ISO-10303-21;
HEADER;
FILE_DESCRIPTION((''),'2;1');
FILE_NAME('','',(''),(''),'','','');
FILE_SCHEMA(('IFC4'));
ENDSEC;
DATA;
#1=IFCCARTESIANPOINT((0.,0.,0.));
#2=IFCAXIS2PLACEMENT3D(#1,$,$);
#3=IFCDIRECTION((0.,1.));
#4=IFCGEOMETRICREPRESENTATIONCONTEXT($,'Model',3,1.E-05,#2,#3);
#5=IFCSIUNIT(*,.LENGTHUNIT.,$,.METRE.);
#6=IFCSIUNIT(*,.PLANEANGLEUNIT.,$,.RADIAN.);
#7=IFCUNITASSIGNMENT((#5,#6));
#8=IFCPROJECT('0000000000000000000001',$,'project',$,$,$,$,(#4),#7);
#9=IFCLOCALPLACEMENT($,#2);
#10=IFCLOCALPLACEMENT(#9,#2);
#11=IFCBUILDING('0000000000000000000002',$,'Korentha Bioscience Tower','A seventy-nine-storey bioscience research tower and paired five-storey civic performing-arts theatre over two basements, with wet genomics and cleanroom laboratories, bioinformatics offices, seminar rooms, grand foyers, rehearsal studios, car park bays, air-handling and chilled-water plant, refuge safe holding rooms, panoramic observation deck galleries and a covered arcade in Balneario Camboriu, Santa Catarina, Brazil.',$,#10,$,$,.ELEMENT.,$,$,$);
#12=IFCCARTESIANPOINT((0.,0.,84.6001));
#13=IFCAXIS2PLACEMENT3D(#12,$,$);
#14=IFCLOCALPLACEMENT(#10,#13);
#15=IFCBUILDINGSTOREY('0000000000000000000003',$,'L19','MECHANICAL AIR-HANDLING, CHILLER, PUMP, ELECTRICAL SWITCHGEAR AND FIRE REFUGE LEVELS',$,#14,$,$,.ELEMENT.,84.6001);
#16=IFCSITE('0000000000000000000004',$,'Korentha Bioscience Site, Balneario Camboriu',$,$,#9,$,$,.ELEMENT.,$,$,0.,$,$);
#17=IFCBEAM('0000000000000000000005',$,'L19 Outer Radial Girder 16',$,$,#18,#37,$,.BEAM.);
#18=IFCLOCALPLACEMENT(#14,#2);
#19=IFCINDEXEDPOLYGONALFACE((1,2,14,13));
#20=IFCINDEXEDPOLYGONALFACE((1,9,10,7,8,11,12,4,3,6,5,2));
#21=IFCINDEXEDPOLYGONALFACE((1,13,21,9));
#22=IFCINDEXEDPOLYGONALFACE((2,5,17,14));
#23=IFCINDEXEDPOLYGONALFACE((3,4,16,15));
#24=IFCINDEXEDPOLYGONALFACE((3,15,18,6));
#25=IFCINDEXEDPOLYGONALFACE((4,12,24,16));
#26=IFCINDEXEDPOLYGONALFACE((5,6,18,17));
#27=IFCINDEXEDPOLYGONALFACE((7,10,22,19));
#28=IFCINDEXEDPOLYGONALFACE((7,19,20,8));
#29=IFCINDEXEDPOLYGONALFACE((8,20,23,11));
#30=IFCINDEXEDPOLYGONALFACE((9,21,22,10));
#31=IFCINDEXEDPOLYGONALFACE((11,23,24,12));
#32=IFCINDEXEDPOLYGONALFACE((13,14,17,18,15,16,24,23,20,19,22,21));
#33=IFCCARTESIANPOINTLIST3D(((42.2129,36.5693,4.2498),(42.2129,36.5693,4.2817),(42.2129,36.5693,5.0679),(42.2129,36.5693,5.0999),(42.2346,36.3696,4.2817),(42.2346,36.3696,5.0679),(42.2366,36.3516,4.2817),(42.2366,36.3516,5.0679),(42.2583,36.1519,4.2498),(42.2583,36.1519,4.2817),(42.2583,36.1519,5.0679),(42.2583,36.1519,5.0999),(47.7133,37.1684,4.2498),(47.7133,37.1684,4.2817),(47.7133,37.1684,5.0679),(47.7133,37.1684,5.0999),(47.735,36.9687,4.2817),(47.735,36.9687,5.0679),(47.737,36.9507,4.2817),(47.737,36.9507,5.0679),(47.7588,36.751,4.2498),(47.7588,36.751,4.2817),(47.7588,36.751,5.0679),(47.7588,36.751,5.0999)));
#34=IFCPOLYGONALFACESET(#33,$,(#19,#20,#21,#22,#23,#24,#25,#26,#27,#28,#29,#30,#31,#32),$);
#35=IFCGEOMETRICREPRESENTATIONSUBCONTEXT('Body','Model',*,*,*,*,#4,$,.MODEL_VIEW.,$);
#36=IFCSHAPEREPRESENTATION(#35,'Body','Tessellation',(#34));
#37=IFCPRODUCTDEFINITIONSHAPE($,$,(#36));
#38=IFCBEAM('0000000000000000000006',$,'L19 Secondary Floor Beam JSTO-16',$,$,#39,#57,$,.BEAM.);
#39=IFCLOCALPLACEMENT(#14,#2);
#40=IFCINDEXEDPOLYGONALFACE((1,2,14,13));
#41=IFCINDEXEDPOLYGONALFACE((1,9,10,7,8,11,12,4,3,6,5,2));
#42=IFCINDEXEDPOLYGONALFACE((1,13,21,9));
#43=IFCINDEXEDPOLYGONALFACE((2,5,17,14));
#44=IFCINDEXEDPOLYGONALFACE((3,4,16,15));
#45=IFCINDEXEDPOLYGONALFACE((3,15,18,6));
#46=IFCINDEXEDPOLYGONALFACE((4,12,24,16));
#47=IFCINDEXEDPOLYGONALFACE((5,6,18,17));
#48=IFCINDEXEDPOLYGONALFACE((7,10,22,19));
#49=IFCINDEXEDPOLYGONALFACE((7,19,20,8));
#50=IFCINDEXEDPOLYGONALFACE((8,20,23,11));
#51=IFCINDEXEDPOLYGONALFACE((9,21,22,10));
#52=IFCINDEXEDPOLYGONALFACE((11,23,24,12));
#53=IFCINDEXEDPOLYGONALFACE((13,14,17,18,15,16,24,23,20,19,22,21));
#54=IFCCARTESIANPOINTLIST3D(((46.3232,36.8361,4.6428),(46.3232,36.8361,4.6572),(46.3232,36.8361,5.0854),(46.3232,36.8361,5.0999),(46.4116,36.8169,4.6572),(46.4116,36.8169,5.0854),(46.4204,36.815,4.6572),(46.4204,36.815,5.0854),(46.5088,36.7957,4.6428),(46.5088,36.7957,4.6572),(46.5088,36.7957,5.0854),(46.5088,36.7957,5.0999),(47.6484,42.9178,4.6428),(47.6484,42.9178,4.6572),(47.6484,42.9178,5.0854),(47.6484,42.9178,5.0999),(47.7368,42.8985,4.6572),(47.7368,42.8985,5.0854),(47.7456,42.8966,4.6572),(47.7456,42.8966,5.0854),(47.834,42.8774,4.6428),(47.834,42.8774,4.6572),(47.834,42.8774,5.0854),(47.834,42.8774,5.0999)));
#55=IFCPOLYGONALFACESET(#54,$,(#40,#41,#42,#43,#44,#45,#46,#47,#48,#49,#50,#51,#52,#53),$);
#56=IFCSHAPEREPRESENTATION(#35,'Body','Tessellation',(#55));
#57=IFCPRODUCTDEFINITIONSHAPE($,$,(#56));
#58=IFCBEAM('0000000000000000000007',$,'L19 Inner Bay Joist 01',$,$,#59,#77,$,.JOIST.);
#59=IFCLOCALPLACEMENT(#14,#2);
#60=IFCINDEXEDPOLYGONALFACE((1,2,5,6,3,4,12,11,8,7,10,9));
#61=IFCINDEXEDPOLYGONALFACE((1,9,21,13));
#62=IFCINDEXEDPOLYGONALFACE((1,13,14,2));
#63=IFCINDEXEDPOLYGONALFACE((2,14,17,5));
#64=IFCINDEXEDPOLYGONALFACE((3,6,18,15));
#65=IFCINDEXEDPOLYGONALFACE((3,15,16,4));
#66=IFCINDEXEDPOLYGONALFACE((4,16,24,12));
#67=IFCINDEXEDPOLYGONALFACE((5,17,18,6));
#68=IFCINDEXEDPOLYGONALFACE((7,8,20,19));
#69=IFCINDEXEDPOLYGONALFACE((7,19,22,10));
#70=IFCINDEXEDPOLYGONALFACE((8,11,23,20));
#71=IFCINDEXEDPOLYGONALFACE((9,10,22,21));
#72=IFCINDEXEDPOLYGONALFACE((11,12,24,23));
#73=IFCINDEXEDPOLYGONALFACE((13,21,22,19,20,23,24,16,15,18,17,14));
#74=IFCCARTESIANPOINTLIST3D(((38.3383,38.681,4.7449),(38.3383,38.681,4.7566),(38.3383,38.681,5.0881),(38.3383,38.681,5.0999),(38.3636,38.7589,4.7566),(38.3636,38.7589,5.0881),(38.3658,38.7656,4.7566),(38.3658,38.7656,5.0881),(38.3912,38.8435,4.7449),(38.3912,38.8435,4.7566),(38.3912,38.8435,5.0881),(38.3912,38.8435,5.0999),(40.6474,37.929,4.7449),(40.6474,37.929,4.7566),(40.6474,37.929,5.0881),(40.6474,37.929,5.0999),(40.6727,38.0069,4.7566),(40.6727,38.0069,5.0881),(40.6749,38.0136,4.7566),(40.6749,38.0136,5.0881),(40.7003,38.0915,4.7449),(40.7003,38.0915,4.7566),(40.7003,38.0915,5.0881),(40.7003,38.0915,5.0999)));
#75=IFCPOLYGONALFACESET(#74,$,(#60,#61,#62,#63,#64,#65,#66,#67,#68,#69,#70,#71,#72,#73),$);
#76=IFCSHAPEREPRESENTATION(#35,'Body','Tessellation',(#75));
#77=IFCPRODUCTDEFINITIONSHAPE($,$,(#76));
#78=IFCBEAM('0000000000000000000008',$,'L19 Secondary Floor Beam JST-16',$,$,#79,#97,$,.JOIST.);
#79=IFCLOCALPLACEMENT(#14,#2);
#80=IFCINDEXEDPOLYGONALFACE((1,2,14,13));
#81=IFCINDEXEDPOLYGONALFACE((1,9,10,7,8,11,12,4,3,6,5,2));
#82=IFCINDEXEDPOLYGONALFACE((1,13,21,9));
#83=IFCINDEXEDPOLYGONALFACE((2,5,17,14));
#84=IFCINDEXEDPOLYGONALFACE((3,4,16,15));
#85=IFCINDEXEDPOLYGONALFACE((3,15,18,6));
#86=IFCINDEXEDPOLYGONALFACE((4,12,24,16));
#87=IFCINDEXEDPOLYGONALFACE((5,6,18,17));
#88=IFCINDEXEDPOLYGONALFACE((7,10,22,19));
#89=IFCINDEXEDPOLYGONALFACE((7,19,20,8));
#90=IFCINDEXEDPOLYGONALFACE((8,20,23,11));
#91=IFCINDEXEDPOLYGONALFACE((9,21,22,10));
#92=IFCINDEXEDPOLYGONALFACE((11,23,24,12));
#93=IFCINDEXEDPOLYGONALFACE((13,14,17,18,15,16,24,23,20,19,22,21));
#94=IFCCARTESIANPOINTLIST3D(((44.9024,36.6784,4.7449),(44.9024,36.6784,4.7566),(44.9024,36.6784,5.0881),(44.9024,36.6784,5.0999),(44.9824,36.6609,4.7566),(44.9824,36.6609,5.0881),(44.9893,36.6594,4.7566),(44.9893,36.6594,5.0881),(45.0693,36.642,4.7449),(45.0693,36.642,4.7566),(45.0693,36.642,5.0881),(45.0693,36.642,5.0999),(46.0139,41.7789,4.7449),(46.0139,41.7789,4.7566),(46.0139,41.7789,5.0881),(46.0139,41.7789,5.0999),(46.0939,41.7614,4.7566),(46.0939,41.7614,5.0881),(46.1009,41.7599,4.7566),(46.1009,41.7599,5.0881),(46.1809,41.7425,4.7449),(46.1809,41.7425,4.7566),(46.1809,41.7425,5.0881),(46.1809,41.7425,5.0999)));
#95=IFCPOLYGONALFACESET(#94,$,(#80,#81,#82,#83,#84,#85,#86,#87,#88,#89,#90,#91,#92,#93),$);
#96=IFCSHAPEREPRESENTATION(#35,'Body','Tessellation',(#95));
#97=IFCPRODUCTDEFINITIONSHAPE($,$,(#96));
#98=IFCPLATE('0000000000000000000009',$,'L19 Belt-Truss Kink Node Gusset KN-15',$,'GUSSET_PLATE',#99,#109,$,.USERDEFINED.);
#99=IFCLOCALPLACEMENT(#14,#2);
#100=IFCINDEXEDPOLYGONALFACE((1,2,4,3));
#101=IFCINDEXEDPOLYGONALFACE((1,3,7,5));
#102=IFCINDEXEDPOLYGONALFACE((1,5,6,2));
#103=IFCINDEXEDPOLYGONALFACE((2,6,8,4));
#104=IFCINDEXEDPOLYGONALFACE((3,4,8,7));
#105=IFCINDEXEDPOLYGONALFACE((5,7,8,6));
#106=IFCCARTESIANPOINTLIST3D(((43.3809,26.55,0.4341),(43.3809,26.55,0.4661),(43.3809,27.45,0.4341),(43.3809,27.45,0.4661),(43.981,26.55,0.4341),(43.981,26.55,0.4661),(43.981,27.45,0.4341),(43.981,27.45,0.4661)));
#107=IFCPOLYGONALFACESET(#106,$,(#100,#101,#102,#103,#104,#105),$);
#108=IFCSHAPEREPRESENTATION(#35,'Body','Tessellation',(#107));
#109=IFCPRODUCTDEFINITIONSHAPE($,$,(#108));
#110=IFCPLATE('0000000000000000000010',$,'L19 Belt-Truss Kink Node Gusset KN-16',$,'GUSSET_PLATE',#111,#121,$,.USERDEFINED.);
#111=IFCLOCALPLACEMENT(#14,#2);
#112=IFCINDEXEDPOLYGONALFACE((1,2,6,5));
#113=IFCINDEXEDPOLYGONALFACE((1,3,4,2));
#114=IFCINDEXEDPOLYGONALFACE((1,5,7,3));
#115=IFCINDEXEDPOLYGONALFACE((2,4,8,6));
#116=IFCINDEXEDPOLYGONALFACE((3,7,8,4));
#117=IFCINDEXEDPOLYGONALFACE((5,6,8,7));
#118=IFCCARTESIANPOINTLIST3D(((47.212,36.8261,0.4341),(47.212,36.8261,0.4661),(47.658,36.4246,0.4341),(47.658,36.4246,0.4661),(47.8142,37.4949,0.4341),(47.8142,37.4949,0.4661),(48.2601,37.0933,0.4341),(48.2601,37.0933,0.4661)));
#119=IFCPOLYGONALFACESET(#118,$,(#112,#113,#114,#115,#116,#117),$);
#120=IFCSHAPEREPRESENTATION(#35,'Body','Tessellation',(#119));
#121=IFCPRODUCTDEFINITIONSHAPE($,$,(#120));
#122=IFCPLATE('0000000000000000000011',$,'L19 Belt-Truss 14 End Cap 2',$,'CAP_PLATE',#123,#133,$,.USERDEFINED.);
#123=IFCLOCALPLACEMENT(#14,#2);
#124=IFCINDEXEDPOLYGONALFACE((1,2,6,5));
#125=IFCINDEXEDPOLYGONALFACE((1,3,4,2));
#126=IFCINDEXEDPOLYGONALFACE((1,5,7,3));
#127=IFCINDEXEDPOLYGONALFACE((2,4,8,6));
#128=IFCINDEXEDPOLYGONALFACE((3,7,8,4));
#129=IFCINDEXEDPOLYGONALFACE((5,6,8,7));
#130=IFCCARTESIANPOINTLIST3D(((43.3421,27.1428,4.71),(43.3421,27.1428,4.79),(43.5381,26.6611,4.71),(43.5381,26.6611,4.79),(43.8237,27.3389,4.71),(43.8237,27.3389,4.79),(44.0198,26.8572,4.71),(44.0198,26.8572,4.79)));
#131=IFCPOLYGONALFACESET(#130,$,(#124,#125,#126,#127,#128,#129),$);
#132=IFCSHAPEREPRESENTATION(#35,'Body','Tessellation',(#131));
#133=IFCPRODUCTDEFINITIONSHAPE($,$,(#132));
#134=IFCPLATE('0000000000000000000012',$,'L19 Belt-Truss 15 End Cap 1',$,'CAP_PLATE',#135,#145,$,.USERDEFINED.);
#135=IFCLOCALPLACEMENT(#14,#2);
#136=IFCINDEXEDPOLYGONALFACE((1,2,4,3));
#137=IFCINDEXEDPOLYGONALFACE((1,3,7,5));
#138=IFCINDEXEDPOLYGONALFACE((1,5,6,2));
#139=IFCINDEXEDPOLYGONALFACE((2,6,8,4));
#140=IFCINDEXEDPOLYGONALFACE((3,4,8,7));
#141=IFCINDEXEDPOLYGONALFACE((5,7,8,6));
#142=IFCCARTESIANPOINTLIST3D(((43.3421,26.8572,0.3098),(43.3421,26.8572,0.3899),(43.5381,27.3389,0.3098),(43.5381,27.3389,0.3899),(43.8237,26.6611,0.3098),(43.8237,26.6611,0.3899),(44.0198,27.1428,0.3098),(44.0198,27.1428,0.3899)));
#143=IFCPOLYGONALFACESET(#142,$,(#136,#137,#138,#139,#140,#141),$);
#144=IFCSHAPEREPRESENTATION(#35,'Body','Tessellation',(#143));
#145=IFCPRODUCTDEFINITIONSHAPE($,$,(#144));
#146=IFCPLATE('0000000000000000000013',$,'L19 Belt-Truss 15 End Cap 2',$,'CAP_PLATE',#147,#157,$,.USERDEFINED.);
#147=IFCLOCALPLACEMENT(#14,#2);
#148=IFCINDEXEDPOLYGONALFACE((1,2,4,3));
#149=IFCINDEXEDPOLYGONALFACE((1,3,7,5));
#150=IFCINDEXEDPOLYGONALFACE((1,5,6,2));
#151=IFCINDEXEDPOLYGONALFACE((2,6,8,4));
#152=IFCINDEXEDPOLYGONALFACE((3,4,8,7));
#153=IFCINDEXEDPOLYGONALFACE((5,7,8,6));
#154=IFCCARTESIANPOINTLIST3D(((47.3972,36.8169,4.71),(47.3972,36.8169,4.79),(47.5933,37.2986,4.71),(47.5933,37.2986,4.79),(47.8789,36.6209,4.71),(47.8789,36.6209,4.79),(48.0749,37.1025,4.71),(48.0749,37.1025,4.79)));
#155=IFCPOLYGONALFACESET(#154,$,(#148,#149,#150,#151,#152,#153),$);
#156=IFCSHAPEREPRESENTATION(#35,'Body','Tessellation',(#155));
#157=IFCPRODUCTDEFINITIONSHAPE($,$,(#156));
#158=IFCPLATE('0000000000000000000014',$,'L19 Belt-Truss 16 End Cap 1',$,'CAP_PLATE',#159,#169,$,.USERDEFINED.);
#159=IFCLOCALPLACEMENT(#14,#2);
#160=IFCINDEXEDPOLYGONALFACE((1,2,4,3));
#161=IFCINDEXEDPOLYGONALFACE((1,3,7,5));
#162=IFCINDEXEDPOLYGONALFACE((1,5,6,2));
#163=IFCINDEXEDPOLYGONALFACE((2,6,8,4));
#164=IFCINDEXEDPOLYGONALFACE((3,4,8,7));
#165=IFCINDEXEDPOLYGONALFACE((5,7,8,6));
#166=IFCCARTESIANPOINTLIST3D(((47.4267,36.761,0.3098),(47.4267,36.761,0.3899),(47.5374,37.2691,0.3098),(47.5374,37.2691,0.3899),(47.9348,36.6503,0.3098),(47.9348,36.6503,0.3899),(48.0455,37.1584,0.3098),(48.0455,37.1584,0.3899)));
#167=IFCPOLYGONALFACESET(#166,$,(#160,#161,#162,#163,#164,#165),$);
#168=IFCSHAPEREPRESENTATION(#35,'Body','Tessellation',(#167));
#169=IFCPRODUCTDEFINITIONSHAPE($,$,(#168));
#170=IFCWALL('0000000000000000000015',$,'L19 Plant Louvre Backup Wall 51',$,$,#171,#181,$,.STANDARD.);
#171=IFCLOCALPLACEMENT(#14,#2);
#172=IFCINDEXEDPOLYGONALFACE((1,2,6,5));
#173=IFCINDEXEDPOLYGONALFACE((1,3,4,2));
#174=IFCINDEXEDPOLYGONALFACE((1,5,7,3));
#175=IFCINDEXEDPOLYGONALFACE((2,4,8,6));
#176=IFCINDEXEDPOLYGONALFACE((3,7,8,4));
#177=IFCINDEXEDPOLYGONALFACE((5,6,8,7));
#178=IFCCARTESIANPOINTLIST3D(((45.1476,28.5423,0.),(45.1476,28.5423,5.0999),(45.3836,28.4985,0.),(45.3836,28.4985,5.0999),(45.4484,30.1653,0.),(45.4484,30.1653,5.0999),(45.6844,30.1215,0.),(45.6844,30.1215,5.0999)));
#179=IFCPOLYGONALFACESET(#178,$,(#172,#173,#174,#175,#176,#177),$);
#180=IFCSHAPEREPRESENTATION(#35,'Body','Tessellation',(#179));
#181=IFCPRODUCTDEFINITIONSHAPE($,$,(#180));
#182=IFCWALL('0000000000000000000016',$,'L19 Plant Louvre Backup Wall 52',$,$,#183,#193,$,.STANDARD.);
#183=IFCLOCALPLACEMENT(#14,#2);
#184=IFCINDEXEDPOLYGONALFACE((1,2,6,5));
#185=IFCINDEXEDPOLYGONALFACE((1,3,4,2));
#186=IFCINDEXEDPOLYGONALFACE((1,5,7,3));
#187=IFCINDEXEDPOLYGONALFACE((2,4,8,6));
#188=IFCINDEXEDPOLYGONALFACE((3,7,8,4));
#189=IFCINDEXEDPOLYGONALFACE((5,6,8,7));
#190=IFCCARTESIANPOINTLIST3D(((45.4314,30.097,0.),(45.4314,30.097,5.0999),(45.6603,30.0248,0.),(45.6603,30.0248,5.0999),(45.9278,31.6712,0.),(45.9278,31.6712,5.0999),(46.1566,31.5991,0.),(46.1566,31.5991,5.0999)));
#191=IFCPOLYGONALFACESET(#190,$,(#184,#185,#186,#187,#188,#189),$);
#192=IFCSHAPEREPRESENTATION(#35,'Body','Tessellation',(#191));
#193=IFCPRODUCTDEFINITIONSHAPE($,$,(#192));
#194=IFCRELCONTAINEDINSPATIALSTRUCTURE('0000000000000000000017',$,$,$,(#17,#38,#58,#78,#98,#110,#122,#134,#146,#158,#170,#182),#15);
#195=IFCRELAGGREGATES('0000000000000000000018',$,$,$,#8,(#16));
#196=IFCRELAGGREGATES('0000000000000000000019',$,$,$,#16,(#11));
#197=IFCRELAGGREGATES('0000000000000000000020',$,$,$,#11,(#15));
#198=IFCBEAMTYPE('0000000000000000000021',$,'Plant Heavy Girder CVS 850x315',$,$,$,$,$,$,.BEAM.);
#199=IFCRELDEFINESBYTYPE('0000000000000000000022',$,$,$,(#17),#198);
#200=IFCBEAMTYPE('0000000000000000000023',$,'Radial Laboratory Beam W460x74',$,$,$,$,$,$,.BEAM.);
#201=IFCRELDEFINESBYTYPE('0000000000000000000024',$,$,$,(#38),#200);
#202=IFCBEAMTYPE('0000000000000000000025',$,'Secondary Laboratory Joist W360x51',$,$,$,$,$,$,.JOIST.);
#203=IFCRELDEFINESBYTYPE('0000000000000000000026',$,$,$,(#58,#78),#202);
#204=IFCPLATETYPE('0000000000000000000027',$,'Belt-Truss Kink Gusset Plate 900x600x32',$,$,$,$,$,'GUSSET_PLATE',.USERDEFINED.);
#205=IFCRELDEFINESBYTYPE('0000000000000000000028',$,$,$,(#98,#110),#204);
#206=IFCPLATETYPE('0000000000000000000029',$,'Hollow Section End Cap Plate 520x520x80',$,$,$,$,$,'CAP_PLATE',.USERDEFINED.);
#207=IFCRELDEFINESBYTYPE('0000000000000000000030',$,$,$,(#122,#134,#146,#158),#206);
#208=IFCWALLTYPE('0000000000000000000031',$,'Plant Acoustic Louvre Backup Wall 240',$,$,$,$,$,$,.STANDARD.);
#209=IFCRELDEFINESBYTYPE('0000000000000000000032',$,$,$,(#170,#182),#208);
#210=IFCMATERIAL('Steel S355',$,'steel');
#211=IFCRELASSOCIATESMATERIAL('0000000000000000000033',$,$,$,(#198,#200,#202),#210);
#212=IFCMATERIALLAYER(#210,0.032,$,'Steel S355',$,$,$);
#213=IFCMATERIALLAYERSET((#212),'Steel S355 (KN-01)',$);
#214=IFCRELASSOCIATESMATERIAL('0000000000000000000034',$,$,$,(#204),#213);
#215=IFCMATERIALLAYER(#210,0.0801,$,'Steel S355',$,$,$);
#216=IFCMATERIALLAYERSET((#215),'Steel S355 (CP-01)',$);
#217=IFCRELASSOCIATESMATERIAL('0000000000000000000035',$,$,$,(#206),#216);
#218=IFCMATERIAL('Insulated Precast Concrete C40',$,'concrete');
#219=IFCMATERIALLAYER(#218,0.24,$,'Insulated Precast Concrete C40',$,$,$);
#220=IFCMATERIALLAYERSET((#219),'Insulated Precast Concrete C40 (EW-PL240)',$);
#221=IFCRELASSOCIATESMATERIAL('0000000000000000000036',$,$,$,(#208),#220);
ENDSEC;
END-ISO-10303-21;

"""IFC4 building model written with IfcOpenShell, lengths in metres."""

from ifc_helpers import new_model, si_unit, direction, frame, frame_2d, origin, origin_2d, place, context, subcontext, project, spatial, rectangle, i_section, extrude, material, layer, layer_set, material_profile, profile_set, type_object, element, save


model = new_model("IFC4")

# Units and contexts
model_context = context("Model", 3, precision=1e-05, world=origin(), true_north=direction((0.0, 1.0)))
body_context = subcontext(model_context, "Body", "Model", "MODEL_VIEW")
ifc_project = project(units=[si_unit("LENGTHUNIT", "METRE"), si_unit("PLANEANGLEUNIT", "RADIAN")], contexts=[model_context])

# Site, building, storey
site_placement = place(None, origin())
site = spatial("IfcSite", under=ifc_project, at=site_placement, Name="Korentha Bioscience Site, Balneario Camboriu", CompositionType="ELEMENT", RefElevation=0.0)
building_placement = place(site_placement, origin())
building = spatial("IfcBuilding", under=site, at=building_placement, Name="Korentha Bioscience Tower", Description="A seventy-nine-storey bioscience research tower and paired five-storey civic performing-arts theatre over two basements, with wet genomics and cleanroom laboratories, bioinformatics offices, seminar rooms, grand foyers, rehearsal studios, car park bays, air-handling and chilled-water plant, refuge safe holding rooms, panoramic observation deck galleries and a covered arcade in Balneario Camboriu, Santa Catarina, Brazil.", CompositionType="ELEMENT")
storey_placement = place(building_placement, frame((0.0, 0.0, 84.6001)))
storey = spatial("IfcBuildingStorey", under=building, at=storey_placement, Name="L19", Description="MECHANICAL AIR-HANDLING, CHILLER, PUMP, ELECTRICAL SWITCHGEAR AND FIRE REFUGE LEVELS", CompositionType="ELEMENT", Elevation=84.6001)

# Shared definitions
ifc_material_1 = material(Name="Steel S355", Category="steel")

# Beams
ifc_material_profile_1 = material_profile(ifc_material_1, i_section(OverallWidth=0.4199, OverallDepth=0.8501, WebThickness=0.0181, FlangeThickness=0.032, at=origin_2d()), Name="Steel S355")
ifc_profile_set_1 = profile_set([ifc_material_profile_1], Name="Steel S355 (MB-850)")
beam_type_1 = type_object("IfcBeamType", Name="Plant Heavy Girder CVS 850x315", PredefinedType="BEAM", material=ifc_profile_set_1)
beam_1_placement = place(storey_placement, frame((42.2356, 36.3606, 4.6748), z_axis=(0.99412, 0.108281, 0.0), x_axis=(-0.108281, 0.99412, 0.0)))
element("IfcBeam", 1, at=beam_1_placement, inside=storey, type_object=beam_type_1, Name="L19 Outer Radial Girder 16", PredefinedType="BEAM", context=body_context, shape_type="SweptSolid", body=[
    extrude(i_section(OverallWidth=0.4199, OverallDepth=0.8501, WebThickness=0.0181, FlangeThickness=0.032, at=origin_2d()), origin(), (0.0, 0.0, 1.0), 5.533),
])
ifc_material_profile_2 = material_profile(ifc_material_1, i_section(OverallWidth=0.1899, OverallDepth=0.457, WebThickness=0.009, FlangeThickness=0.0144, at=origin_2d()), Name="Steel S355")
ifc_profile_set_2 = profile_set([ifc_material_profile_2], Name="Steel S355 (RB-460)")
beam_type_2 = type_object("IfcBeamType", Name="Radial Laboratory Beam W460x74", PredefinedType="BEAM", material=ifc_profile_set_2)
beam_2_placement = place(storey_placement, frame((46.416, 36.8159, 4.8713), z_axis=(0.212908, 0.977072, 0.0), x_axis=(-0.977072, 0.212908, 0.0)))
element("IfcBeam", 2, at=beam_2_placement, inside=storey, type_object=beam_type_2, Name="L19 Secondary Floor Beam JSTO-16", PredefinedType="BEAM", context=body_context, shape_type="SweptSolid", body=[
    extrude(i_section(OverallWidth=0.1899, OverallDepth=0.457, WebThickness=0.009, FlangeThickness=0.0144, at=origin_2d()), origin(), (0.0, 0.0, 1.0), 6.2244),
])
ifc_material_profile_3 = material_profile(ifc_material_1, i_section(OverallWidth=0.1709, OverallDepth=0.355, WebThickness=0.0071, FlangeThickness=0.0117, at=origin_2d()), Name="Steel S355")
ifc_profile_set_3 = profile_set([ifc_material_profile_3], Name="Steel S355 (JB-360)")
beam_type_3 = type_object("IfcBeamType", Name="Secondary Laboratory Joist W360x51", PredefinedType="JOIST", material=ifc_profile_set_3)
beam_3_placement = place(storey_placement, frame((40.6738, 38.0103, 4.9224), z_axis=(-0.950852, 0.309645, 0.0), x_axis=(-0.309645, -0.950852, 0.0)))
element("IfcBeam", 3, at=beam_3_placement, inside=storey, type_object=beam_type_3, Name="L19 Inner Bay Joist 01", PredefinedType="JOIST", context=body_context, shape_type="SweptSolid", body=[
    extrude(i_section(OverallWidth=0.1709, OverallDepth=0.355, WebThickness=0.0071, FlangeThickness=0.0117, at=origin_2d()), origin(), (0.0, 0.0, 1.0), 2.4285),
])
beam_4_placement = place(storey_placement, frame((44.9858, 36.6602, 4.9224), z_axis=(0.212932, 0.977067, 0.0), x_axis=(-0.977067, 0.212932, 0.0)))
element("IfcBeam", 4, at=beam_4_placement, inside=storey, type_object=beam_type_3, Name="L19 Secondary Floor Beam JST-16", PredefinedType="JOIST", context=body_context, shape_type="SweptSolid", body=[
    extrude(i_section(OverallWidth=0.1709, OverallDepth=0.355, WebThickness=0.0071, FlangeThickness=0.0117, at=origin_2d()), origin(), (0.0, 0.0, 1.0), 5.2202),
])

# Plates
ifc_layer_1 = layer(ifc_material_1, 0.032, Name="Steel S355")
ifc_layer_set_1 = layer_set([ifc_layer_1], Name="Steel S355 (KN-01)")
plate_type_1 = type_object("IfcPlateType", Name="Belt-Truss Kink Gusset Plate 900x600x32", ElementType="GUSSET_PLATE", PredefinedType="USERDEFINED", material=ifc_layer_set_1)
for number, where, z_axis, x_axis, name in (
    (5, (43.6809, 27.0, 0.4341), (0.0, 0.0, 1.0), (0.0, 1.0, 0.0), "L19 Belt-Truss Kink Node Gusset KN-15"),
    (6, (47.7361, 36.9597, 0.4341), (0.0, 0.0, 1.0), (0.669131, 0.743145, 0.0), "L19 Belt-Truss Kink Node Gusset KN-16"),
):
    element("IfcPlate", number, at=place(storey_placement, frame(where, z_axis=z_axis, x_axis=x_axis)), inside=storey, type_object=plate_type_1, Name=name, ObjectType="GUSSET_PLATE", PredefinedType="USERDEFINED", context=body_context, shape_type="SweptSolid", body=[
        extrude(rectangle(XDim=0.8999, YDim=0.6001, at=origin_2d()), origin(), (0.0, 0.0, 1.0), 0.032),
    ])
ifc_layer_2 = layer(ifc_material_1, 0.0801, Name="Steel S355")
ifc_layer_set_2 = layer_set([ifc_layer_2], Name="Steel S355 (CP-01)")
plate_type_2 = type_object("IfcPlateType", Name="Hollow Section End Cap Plate 520x520x80", ElementType="CAP_PLATE", PredefinedType="USERDEFINED", material=ifc_layer_set_2)
for number, where, z_axis, x_axis, name in (
    (7, (43.6809, 27.0, 4.71), (0.0, 0.0, 1.0), (-0.377033, 0.9262, 0.0), "L19 Belt-Truss 14 End Cap 2"),
    (8, (43.6809, 27.0, 0.3098), (0.0, 0.0, 1.0), (0.377033, 0.9262, 0.0), "L19 Belt-Truss 15 End Cap 1"),
    (9, (47.7361, 36.9597, 4.71), (0.0, 0.0, 1.0), (0.377033, 0.9262, 0.0), "L19 Belt-Truss 15 End Cap 2"),
    (10, (47.7361, 36.9597, 0.3098), (0.0, 0.0, 1.0), (0.21286, 0.977083, 0.0), "L19 Belt-Truss 16 End Cap 1"),
):
    element("IfcPlate", number, at=place(storey_placement, frame(where, z_axis=z_axis, x_axis=x_axis)), inside=storey, type_object=plate_type_2, Name=name, ObjectType="CAP_PLATE", PredefinedType="USERDEFINED", context=body_context, shape_type="SweptSolid", body=[
        extrude(rectangle(XDim=0.52, YDim=0.52, at=origin_2d()), origin(), (0.0, 0.0, 1.0), 0.0801),
    ])

# Walls
ifc_material_2 = material(Name="Insulated Precast Concrete C40", Category="concrete")
ifc_layer_3 = layer(ifc_material_2, 0.24, Name="Insulated Precast Concrete C40")
ifc_layer_set_3 = layer_set([ifc_layer_3], Name="Insulated Precast Concrete C40 (EW-PL240)")
wall_type = type_object("IfcWallType", Name="Plant Acoustic Louvre Backup Wall 240", PredefinedType="STANDARD", material=ifc_layer_set_3)
for number, where, z_axis, x_axis, name in (
    (11, (45.2656, 28.5205, 0.0), (0.0, 0.0, 1.0), (0.182216, 0.983258, 0.0), "L19 Plant Louvre Backup Wall 51"),
    (12, (45.5459, 30.061, 0.0), (0.0, 0.0, 1.0), (0.3007, 0.953719, 0.0), "L19 Plant Louvre Backup Wall 52"),
):
    element("IfcWall", number, at=place(storey_placement, frame(where, z_axis=z_axis, x_axis=x_axis)), inside=storey, type_object=wall_type, Name=name, PredefinedType="STANDARD", context=body_context, shape_type="SweptSolid", body=[
        extrude(rectangle(XDim=1.6506, YDim=0.24, at=frame_2d((0.8252, 0.0))), origin(), (0.0, 0.0, 1.0), 5.0999),
    ])

save(model, "model.ifc")
